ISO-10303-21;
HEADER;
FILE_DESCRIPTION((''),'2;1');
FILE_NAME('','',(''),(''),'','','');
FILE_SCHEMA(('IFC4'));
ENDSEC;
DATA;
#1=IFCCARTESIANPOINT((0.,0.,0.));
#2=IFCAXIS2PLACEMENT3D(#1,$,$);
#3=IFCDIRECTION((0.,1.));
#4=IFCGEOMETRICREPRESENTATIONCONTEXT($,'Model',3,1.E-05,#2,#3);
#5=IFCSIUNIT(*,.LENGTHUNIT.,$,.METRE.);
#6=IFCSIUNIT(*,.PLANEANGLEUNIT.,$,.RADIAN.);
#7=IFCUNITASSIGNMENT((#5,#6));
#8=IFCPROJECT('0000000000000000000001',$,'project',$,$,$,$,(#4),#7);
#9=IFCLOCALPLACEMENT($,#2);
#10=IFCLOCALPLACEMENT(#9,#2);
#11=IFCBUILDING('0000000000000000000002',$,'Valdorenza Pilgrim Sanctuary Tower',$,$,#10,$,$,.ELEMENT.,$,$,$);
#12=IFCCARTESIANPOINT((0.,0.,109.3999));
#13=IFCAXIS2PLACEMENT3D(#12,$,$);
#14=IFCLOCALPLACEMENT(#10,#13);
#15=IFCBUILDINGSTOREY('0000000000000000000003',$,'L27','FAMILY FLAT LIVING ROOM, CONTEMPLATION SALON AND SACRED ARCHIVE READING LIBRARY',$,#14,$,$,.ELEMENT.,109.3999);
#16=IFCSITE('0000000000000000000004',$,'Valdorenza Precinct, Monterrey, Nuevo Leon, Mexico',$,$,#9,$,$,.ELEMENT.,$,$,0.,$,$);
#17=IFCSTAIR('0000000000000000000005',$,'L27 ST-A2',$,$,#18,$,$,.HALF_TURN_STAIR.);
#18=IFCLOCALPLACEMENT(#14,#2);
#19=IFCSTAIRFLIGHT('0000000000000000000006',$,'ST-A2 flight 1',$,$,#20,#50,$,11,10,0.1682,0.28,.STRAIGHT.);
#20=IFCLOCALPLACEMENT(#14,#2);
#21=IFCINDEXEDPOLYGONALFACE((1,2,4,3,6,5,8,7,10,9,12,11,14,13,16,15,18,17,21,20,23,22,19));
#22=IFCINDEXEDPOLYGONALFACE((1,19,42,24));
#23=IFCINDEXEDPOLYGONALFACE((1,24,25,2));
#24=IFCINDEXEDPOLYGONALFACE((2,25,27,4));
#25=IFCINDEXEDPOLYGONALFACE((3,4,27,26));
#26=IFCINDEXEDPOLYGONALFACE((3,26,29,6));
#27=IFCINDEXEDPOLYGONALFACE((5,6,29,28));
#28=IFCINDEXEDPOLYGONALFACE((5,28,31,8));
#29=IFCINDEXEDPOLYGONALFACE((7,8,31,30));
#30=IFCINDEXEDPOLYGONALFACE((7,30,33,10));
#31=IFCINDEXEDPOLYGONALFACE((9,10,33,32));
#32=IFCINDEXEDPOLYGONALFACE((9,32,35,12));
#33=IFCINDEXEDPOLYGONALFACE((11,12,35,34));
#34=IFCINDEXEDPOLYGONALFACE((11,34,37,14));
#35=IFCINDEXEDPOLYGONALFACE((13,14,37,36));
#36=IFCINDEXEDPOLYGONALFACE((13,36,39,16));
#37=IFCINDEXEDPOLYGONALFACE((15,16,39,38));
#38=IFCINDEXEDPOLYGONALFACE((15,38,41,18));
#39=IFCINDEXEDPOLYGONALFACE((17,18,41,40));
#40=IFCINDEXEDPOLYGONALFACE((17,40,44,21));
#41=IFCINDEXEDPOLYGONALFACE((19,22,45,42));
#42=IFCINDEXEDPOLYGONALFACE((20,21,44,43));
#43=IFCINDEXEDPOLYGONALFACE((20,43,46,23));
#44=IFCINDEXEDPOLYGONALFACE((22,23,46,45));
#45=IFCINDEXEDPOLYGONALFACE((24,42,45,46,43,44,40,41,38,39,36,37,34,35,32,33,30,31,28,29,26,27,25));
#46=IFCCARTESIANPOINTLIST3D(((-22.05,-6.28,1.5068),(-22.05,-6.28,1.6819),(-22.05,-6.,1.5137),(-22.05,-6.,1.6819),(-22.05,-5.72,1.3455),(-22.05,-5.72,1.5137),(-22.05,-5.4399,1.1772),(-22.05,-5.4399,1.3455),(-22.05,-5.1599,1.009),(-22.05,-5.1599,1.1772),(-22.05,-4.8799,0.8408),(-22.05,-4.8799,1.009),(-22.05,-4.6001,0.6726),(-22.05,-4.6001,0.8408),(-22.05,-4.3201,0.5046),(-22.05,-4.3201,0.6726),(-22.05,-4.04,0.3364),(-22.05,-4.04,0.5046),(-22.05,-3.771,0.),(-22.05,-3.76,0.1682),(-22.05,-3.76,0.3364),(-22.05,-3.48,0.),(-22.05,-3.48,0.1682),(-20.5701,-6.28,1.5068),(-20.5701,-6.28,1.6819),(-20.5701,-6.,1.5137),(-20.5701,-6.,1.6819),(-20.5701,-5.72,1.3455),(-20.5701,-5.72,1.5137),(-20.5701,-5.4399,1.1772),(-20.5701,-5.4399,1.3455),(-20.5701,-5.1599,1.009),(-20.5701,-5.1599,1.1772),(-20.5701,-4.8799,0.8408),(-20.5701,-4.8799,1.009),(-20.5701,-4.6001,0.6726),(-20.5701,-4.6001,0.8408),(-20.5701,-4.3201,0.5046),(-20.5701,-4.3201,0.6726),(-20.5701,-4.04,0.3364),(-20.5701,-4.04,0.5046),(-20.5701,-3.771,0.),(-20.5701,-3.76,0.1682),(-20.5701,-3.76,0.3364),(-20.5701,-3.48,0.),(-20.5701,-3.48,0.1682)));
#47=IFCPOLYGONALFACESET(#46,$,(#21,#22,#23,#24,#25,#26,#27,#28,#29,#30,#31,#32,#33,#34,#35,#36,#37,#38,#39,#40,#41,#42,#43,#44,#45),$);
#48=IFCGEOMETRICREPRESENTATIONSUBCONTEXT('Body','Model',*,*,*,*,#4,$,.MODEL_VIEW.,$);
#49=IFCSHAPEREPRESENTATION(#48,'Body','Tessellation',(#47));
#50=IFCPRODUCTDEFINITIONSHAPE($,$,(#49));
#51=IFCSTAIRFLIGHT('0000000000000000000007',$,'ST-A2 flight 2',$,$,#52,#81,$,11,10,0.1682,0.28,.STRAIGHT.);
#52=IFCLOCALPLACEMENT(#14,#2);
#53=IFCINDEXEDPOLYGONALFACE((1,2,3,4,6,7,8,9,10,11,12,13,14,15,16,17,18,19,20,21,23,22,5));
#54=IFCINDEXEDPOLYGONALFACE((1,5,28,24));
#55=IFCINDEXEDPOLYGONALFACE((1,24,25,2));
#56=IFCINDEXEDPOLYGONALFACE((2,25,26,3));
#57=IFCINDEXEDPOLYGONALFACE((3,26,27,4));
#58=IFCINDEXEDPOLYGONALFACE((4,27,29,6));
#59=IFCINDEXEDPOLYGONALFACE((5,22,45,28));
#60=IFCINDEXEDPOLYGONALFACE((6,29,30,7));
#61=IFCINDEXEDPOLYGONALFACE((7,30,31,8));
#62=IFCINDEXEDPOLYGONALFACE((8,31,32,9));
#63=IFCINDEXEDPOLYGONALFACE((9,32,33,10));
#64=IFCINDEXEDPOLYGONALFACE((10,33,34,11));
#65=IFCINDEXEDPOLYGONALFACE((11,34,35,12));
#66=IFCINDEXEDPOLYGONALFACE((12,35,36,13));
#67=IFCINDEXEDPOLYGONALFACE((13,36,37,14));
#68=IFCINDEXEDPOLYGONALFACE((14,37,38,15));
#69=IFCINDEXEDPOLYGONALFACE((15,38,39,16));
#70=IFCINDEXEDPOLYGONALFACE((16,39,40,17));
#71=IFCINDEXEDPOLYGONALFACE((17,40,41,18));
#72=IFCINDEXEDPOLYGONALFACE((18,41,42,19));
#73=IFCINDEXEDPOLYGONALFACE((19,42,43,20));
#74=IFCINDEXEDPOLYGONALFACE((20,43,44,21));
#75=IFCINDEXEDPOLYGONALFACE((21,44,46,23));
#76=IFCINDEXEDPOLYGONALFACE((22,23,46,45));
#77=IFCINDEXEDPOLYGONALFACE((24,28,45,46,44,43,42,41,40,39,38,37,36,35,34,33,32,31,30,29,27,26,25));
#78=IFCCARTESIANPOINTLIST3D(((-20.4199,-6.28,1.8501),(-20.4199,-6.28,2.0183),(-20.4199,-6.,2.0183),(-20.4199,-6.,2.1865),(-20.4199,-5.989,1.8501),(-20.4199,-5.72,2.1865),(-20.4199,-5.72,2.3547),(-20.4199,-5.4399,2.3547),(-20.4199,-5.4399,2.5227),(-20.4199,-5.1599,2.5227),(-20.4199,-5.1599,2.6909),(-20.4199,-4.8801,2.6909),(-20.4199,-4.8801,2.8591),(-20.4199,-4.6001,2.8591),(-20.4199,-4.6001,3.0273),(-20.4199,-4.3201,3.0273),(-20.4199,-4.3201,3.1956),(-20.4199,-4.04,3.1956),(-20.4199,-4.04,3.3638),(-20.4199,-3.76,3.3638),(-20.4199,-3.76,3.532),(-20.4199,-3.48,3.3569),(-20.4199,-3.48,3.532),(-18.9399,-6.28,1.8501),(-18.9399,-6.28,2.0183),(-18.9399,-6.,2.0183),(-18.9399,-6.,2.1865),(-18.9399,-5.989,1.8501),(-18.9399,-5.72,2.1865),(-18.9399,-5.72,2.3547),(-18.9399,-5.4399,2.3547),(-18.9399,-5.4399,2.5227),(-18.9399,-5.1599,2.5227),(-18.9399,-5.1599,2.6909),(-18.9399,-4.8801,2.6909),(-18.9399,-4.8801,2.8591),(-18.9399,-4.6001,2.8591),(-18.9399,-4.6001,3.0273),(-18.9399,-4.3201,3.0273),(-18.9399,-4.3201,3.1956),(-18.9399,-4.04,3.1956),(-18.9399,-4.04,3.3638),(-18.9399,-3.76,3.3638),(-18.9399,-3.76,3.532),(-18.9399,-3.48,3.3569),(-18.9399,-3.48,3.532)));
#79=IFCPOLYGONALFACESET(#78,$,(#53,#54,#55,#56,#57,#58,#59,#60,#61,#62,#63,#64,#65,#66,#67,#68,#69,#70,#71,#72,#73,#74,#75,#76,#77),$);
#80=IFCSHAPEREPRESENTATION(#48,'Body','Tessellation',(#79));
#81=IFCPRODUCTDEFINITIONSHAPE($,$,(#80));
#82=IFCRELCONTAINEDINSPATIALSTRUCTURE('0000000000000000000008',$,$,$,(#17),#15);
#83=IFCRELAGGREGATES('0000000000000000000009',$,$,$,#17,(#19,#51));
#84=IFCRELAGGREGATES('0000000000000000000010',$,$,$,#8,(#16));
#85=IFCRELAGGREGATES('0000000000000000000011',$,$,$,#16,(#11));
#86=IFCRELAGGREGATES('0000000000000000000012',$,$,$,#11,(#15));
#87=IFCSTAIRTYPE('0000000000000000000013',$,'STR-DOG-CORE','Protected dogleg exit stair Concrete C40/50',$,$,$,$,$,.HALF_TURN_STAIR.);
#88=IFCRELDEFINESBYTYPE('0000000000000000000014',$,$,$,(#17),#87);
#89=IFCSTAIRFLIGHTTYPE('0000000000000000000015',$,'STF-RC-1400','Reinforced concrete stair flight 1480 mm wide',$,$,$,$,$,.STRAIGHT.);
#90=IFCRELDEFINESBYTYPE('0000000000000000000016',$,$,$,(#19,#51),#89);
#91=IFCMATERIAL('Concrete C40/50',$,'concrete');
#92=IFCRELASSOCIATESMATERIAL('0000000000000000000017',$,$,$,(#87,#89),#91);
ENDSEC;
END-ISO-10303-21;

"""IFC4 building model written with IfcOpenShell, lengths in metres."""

from ifc_helpers import new_model, si_unit, direction, frame, origin, place, context, subcontext, project, spatial, polyline, outline, extrude, material, type_object, element, aggregate, save


model = new_model("IFC4")

# Units and contexts
model_context = context("Model", 3, precision=1e-05, world=origin(), true_north=direction((0.0, 1.0)))
body_context = subcontext(model_context, "Body", "Model", "MODEL_VIEW")
ifc_project = project(units=[si_unit("LENGTHUNIT", "METRE"), si_unit("PLANEANGLEUNIT", "RADIAN")], contexts=[model_context])

# Site, building, storey
site_placement = place(None, origin())
site = spatial("IfcSite", under=ifc_project, at=site_placement, Name="Valdorenza Precinct, Monterrey, Nuevo Leon, Mexico", CompositionType="ELEMENT", RefElevation=0.0)
building_placement = place(site_placement, origin())
building = spatial("IfcBuilding", under=site, at=building_placement, Name="Valdorenza Pilgrim Sanctuary Tower", CompositionType="ELEMENT")
storey_placement = place(building_placement, frame((0.0, 0.0, 109.3999)))
storey = spatial("IfcBuildingStorey", under=building, at=storey_placement, Name="L27", Description="FAMILY FLAT LIVING ROOM, CONTEMPLATION SALON AND SACRED ARCHIVE READING LIBRARY", CompositionType="ELEMENT", Elevation=109.3999)

# Shared definitions
ifc_material_1 = material(Name="Concrete C40/50", Category="concrete")

# Stair, stair flights
stair_type = type_object("IfcStairType", Name="STR-DOG-CORE", Description="Protected dogleg exit stair Concrete C40/50", PredefinedType="HALF_TURN_STAIR", material=ifc_material_1)
stair_placement = place(storey_placement, origin())
stair = element("IfcStair", 1, at=stair_placement, inside=storey, type_object=stair_type, Name="L27 ST-A2", PredefinedType="HALF_TURN_STAIR")
stair_flight_type = type_object("IfcStairFlightType", Name="STF-RC-1400", Description="Reinforced concrete stair flight 1480 mm wide", PredefinedType="STRAIGHT", material=ifc_material_1)
stair_flight_1_placement = place(storey_placement, frame((-21.3101, -3.48, 0.0), z_axis=(0.0, 0.0, 1.0), x_axis=(0.0, -1.0, 0.0)))
stair_flight_1 = element("IfcStairFlight", 2, at=stair_flight_1_placement, type_object=stair_flight_type, Name="ST-A2 flight 1", NumberOfRisers=11, NumberOfTreads=10, PredefinedType="STRAIGHT", RiserHeight=0.1682, TreadLength=0.28, context=body_context, shape_type="SweptSolid", body=[
    extrude(outline(polyline([(0.0, 0.0), (0.0, 0.1682), (0.28, 0.1682), (0.28, 0.3364), (0.5601, 0.3364), (0.5601, 0.5046), (0.8401, 0.5046), (0.8401, 0.6726), (1.1201, 0.6726), (1.1201, 0.8408), (1.3999, 0.8408), (1.3999, 1.009), (1.6799, 1.009), (1.6799, 1.1772), (1.96, 1.1772), (1.96, 1.3455), (2.24, 1.3455), (2.24, 1.5137), (2.52, 1.5137), (2.52, 1.6819), (2.8, 1.6819), (2.8, 1.8501), (2.8, 1.5068), (0.291, 0.0), (0.0, 0.0)])), frame((0.0, 0.74, 0.0), z_axis=(0.0, -1.0, 0.0), x_axis=(1.0, 0.0, 0.0)), (0.0, 0.0, 1.0), 1.48),
])
stair_flight_2_placement = place(storey_placement, frame((-19.6799, -6.28, 1.8501), z_axis=(0.0, 0.0, 1.0), x_axis=(0.0, 1.0, 0.0)))
stair_flight_2 = element("IfcStairFlight", 3, at=stair_flight_2_placement, type_object=stair_flight_type, Name="ST-A2 flight 2", NumberOfRisers=11, NumberOfTreads=10, PredefinedType="STRAIGHT", RiserHeight=0.1682, TreadLength=0.28, context=body_context, shape_type="SweptSolid", body=[
    extrude(outline(polyline([(0.0, 0.0), (0.0, 0.1682), (0.28, 0.1682), (0.28, 0.3364), (0.5601, 0.3364), (0.5601, 0.5046), (0.8401, 0.5046), (0.8401, 0.6726), (1.1201, 0.6726), (1.1201, 0.8408), (1.3999, 0.8408), (1.3999, 1.009), (1.6799, 1.009), (1.6799, 1.1772), (1.96, 1.1772), (1.96, 1.3455), (2.24, 1.3455), (2.24, 1.5137), (2.52, 1.5137), (2.52, 1.6819), (2.8, 1.6819), (2.8, 1.8501), (2.8, 1.5068), (0.291, 0.0), (0.0, 0.0)])), frame((0.0, 0.74, 0.0), z_axis=(0.0, -1.0, 0.0), x_axis=(1.0, 0.0, 0.0)), (0.0, 0.0, 1.0), 1.48),
])
aggregate(stair, [stair_flight_1, stair_flight_2])

save(model, "model.ifc")
